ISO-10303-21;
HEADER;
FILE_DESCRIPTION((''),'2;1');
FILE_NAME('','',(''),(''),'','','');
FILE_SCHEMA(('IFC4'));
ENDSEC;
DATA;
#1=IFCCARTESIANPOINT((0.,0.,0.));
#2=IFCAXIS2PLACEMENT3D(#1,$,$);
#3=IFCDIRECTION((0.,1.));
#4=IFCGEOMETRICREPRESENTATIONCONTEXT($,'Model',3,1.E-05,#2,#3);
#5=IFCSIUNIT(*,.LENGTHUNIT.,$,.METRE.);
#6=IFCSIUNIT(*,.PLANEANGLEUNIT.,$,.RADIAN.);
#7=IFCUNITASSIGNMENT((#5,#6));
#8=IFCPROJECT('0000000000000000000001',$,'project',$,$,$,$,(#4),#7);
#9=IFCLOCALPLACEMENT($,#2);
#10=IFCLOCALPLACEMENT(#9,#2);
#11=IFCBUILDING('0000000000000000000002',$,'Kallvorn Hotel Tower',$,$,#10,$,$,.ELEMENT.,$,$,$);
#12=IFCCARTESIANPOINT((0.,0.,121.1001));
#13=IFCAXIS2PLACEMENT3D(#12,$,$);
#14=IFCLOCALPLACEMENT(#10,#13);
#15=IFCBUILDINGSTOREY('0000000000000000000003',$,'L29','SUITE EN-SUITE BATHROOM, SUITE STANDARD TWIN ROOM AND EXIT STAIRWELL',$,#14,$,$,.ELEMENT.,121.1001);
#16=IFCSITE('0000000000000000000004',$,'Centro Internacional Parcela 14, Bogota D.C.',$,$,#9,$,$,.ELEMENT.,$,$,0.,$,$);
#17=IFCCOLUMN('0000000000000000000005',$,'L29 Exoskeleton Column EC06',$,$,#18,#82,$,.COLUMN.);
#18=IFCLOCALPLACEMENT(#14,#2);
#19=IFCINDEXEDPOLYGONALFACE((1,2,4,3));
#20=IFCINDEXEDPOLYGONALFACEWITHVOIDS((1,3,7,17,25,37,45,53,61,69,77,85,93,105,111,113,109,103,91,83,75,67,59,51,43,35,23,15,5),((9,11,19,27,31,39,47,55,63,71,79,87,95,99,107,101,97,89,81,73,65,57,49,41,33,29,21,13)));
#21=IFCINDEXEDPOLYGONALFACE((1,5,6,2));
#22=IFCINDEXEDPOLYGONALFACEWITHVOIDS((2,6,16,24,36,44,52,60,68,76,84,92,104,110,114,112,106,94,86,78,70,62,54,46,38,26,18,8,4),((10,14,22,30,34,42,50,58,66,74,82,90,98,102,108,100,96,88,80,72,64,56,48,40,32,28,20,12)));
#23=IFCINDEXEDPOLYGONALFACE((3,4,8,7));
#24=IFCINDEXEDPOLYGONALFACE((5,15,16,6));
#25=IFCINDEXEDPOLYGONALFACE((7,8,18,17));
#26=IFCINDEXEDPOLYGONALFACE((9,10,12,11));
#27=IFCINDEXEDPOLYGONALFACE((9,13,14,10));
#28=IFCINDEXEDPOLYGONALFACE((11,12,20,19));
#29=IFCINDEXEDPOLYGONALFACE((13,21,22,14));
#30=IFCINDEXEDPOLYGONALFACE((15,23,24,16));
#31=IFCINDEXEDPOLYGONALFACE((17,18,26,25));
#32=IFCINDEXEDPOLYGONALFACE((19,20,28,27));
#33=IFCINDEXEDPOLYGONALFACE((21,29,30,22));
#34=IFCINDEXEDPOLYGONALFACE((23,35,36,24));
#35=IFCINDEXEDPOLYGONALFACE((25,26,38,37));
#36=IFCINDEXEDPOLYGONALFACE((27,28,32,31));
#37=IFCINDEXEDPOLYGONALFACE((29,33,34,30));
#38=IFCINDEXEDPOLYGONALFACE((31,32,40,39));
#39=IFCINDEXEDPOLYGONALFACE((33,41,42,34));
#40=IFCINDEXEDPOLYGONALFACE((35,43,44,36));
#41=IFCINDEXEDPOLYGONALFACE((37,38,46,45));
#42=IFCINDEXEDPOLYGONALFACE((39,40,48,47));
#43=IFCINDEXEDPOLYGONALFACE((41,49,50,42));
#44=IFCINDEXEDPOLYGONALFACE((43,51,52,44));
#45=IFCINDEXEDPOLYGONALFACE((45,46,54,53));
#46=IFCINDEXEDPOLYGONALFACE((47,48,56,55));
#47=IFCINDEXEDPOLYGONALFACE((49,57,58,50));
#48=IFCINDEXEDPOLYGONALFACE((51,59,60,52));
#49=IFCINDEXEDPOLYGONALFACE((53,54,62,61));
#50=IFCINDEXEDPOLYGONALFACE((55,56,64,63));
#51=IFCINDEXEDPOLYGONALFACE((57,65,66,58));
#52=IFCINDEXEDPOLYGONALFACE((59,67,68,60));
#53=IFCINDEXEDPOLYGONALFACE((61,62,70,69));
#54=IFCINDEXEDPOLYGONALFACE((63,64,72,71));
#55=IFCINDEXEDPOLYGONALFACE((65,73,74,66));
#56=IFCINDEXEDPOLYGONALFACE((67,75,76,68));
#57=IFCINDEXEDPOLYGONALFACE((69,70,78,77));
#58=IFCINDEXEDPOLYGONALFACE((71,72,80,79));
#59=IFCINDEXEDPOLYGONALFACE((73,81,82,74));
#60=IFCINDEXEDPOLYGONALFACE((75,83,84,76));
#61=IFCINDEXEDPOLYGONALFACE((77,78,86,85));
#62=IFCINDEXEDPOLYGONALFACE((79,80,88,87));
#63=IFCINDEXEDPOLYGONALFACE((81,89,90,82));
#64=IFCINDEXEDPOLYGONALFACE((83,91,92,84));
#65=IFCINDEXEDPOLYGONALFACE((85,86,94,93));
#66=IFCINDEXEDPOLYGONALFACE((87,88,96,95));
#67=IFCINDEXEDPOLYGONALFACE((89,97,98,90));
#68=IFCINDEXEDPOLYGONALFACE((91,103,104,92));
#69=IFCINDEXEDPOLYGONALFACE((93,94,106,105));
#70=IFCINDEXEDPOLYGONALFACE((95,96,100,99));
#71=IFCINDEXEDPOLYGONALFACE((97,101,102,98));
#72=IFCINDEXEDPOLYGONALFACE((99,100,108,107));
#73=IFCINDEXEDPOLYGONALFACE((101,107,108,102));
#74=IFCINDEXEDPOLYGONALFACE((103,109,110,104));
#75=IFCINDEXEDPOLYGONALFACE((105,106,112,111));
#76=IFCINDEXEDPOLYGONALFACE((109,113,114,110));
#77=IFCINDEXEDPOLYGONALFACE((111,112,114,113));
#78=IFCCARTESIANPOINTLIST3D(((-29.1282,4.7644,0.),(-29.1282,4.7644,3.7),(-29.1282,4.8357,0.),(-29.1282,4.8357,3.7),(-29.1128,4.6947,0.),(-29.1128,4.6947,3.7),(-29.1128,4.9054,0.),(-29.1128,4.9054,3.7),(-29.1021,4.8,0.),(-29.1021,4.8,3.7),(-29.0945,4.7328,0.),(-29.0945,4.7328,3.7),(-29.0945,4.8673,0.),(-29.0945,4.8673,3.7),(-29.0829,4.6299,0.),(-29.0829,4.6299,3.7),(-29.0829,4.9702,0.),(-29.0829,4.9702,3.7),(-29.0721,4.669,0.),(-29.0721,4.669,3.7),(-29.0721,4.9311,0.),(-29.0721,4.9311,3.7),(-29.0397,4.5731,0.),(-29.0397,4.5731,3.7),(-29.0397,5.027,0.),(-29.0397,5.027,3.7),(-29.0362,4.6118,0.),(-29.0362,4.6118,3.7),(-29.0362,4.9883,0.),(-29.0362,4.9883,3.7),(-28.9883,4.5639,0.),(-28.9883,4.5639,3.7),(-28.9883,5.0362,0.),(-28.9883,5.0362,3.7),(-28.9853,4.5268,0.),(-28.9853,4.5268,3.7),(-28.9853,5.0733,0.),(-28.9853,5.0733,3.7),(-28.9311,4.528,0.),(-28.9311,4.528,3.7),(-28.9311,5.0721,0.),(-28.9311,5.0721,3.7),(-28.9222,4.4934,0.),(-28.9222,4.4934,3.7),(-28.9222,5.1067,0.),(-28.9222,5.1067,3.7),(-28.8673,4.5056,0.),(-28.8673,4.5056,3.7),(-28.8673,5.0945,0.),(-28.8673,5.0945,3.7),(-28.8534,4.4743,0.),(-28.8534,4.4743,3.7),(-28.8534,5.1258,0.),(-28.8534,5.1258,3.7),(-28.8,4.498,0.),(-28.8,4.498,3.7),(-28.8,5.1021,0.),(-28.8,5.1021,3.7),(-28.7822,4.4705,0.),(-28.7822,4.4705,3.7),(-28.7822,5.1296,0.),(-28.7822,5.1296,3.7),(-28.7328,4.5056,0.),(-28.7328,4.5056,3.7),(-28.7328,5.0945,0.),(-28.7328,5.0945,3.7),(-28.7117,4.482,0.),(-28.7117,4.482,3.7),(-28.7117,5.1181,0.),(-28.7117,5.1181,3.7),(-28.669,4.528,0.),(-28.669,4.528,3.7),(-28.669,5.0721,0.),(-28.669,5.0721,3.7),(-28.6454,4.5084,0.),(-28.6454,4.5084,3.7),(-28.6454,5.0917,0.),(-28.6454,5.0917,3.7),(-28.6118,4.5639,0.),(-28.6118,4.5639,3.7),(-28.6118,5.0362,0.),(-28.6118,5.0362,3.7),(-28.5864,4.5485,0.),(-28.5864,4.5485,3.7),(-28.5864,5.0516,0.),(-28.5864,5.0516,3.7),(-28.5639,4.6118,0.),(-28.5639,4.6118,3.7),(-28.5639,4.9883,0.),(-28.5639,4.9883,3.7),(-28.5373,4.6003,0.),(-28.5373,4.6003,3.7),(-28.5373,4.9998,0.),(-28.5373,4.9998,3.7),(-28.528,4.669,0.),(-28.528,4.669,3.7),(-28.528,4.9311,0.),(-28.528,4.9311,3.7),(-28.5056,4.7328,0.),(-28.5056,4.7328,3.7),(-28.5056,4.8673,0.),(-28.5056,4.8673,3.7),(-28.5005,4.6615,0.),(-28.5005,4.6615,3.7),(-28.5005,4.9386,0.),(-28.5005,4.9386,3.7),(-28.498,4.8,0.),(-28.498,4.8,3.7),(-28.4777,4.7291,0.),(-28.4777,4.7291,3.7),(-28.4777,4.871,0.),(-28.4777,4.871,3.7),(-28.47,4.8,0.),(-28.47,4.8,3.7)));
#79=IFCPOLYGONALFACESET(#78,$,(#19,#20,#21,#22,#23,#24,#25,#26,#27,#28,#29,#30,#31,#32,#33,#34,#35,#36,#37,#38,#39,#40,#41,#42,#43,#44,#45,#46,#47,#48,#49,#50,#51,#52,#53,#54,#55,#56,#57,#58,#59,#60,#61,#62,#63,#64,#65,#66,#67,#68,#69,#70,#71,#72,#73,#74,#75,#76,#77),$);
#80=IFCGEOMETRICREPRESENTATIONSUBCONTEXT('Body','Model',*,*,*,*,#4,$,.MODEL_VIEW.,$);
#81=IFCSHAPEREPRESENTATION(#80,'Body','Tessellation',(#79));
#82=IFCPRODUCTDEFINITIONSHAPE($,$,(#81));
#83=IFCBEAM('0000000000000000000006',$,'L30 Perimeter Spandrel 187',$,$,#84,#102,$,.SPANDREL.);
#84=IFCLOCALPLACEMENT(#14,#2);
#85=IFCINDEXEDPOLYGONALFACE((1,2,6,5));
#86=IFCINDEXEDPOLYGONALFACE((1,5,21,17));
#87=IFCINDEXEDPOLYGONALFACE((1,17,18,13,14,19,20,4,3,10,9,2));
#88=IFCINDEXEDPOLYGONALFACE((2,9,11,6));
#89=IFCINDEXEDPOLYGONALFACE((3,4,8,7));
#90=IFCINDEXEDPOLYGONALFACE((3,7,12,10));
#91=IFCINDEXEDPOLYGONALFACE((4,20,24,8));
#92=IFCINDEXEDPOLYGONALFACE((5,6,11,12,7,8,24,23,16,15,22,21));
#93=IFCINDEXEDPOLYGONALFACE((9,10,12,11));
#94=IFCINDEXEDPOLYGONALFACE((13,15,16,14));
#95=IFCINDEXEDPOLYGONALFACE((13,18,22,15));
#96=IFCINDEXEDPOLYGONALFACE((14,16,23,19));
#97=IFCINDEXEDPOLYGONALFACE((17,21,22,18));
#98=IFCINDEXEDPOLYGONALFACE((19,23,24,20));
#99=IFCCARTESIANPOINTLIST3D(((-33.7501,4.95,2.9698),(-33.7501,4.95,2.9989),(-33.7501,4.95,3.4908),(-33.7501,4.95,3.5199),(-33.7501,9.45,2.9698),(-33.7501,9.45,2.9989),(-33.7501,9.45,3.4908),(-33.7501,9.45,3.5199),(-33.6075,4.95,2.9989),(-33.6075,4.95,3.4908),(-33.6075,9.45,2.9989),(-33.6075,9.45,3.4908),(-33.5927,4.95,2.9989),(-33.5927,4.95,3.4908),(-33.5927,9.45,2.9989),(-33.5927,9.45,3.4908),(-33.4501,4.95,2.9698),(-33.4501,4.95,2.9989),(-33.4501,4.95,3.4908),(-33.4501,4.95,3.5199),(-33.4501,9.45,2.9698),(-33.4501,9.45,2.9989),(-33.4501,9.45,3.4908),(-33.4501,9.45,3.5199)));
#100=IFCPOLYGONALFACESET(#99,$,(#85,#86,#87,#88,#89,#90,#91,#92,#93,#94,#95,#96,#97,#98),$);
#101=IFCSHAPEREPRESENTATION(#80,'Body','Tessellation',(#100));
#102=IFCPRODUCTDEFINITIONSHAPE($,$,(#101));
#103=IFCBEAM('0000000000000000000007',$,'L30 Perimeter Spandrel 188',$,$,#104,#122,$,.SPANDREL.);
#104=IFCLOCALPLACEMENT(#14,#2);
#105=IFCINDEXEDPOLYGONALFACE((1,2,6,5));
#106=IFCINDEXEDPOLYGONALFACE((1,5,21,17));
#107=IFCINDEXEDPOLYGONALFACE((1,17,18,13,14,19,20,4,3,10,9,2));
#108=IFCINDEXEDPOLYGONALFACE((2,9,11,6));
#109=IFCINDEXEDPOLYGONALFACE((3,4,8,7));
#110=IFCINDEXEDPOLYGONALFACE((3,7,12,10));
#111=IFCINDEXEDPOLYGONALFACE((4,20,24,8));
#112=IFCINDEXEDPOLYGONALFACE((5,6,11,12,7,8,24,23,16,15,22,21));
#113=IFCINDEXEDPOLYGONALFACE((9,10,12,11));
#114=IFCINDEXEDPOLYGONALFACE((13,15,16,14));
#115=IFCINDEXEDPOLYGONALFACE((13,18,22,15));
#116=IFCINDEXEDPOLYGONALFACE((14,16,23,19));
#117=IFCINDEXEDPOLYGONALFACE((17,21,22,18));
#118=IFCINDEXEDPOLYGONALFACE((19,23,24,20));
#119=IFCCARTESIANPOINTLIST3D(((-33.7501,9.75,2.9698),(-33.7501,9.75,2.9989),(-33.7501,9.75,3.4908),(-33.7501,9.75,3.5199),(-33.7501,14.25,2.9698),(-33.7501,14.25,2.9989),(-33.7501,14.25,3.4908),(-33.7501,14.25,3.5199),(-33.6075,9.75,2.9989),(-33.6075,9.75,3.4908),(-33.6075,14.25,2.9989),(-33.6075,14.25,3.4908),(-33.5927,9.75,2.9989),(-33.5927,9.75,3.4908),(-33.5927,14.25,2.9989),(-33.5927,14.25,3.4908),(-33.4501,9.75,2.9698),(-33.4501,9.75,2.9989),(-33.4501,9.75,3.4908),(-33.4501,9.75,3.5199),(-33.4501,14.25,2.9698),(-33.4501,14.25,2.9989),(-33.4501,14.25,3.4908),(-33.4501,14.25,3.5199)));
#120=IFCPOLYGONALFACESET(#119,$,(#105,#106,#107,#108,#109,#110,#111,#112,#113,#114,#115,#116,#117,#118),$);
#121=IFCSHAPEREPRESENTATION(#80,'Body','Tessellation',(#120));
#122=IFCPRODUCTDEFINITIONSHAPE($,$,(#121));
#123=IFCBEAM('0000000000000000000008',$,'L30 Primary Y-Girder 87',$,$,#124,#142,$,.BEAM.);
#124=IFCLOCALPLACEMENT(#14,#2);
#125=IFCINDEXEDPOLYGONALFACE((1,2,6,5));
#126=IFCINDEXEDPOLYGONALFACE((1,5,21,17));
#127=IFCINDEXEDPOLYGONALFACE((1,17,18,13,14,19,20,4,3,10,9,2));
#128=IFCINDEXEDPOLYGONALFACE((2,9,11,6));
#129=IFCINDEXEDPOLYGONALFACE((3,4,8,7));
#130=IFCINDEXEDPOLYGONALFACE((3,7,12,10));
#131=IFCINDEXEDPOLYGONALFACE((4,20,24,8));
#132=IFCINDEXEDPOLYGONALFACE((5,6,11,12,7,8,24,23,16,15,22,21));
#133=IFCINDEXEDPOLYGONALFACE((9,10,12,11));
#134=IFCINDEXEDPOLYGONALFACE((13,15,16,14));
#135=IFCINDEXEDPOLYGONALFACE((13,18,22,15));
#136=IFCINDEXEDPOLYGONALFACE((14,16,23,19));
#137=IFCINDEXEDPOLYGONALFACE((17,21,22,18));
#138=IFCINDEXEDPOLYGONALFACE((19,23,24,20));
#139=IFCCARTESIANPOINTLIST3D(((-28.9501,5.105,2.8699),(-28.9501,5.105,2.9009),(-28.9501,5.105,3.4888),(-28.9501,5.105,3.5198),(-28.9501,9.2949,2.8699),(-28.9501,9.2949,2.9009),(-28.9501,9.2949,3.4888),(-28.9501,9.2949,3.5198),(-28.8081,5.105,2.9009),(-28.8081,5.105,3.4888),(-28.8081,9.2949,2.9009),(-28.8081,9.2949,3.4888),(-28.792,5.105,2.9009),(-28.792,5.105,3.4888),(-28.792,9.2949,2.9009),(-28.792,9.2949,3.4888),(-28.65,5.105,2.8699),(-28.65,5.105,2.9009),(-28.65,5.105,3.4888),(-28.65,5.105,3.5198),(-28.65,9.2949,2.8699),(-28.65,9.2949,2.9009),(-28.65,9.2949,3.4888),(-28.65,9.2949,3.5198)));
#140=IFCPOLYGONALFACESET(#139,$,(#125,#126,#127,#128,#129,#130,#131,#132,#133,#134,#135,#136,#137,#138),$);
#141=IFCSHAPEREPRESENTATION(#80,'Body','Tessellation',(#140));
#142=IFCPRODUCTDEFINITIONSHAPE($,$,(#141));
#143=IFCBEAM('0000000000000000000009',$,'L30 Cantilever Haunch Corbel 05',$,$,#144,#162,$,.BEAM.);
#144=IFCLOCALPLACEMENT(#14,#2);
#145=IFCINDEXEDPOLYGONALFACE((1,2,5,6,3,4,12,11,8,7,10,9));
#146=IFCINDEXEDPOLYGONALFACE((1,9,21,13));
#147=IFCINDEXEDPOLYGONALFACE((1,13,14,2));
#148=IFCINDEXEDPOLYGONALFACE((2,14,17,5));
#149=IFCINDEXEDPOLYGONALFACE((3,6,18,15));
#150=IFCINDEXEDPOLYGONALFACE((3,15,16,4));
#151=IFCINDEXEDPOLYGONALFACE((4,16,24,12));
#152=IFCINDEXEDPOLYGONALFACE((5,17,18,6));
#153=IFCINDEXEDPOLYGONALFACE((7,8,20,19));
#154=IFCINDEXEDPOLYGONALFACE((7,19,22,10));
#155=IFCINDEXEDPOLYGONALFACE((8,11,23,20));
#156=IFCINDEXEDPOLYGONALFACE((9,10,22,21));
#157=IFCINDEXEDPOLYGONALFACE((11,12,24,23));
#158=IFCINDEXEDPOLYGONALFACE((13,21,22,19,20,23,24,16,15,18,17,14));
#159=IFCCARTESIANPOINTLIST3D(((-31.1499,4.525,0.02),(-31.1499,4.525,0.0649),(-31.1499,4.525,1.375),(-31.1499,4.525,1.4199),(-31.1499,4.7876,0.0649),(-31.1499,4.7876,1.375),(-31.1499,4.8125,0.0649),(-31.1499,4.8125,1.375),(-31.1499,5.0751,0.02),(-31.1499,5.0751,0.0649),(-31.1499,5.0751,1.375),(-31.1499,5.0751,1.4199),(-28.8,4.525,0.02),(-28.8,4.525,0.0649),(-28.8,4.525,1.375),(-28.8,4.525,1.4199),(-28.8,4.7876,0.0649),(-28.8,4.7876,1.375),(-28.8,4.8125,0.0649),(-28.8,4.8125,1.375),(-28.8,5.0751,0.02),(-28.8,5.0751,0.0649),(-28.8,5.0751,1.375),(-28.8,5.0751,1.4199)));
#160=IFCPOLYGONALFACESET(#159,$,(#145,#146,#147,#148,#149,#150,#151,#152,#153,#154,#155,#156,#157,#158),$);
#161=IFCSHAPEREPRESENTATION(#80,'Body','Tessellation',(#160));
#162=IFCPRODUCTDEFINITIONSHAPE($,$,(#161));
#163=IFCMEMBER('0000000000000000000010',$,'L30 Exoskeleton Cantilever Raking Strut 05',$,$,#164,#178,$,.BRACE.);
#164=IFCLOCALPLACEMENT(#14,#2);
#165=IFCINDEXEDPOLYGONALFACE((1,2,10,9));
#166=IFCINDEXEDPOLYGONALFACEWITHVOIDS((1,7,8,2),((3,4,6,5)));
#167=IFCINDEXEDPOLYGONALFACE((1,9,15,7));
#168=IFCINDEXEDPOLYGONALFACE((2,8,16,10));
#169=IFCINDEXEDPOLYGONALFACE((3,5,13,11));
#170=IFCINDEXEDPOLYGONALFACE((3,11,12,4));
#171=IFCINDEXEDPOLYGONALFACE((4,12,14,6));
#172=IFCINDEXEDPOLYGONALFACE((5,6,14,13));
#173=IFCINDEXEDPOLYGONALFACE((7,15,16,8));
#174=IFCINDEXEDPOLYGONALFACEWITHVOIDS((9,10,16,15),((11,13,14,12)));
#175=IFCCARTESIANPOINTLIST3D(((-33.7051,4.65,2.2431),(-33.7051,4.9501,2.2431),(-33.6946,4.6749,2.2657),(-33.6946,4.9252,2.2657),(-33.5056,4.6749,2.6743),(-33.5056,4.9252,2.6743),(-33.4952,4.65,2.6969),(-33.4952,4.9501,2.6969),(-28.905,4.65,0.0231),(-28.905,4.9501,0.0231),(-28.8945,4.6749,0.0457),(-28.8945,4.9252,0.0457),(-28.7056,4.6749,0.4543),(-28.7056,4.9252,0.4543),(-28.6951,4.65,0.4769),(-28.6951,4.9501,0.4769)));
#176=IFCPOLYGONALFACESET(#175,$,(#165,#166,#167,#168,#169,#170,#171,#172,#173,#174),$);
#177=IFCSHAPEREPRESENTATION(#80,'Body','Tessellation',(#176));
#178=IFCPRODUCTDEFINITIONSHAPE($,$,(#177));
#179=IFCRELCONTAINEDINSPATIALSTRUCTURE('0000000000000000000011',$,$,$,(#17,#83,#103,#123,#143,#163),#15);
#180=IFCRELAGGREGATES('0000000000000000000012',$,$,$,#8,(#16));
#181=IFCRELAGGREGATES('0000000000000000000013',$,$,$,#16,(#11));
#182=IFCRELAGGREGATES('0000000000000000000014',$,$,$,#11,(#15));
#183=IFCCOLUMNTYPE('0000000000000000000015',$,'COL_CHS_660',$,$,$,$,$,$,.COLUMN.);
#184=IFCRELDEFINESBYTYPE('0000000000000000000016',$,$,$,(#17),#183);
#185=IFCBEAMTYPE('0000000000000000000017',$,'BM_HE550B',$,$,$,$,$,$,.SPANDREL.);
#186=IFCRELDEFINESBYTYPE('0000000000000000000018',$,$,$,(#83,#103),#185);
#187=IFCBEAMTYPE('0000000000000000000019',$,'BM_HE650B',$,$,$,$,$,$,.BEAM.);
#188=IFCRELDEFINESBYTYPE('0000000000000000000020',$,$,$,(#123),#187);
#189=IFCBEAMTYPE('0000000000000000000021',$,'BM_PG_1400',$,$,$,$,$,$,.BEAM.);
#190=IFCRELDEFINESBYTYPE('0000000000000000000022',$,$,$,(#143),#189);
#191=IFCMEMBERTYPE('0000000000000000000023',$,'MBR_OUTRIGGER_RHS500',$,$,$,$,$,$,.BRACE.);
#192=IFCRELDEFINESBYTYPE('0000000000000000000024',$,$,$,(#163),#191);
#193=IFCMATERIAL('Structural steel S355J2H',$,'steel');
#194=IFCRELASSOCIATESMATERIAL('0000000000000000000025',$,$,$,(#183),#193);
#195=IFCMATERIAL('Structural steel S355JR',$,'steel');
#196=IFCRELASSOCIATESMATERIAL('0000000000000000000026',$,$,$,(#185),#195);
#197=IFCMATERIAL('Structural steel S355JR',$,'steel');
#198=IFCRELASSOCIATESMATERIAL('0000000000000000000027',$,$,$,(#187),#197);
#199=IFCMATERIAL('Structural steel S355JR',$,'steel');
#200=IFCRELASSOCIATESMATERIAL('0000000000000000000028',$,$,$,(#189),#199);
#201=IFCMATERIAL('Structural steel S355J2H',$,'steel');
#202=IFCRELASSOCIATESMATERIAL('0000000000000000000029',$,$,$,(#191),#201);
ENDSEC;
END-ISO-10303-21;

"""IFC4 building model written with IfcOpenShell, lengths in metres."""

from ifc_helpers import new_model, si_unit, direction, frame, origin, origin_2d, place, context, subcontext, project, spatial, hollow_rectangle, hollow_circle, i_section, extrude, material, material_profile, profile_set, type_object, element, save


model = new_model("IFC4")

# Units and contexts
model_context = context("Model", 3, precision=1e-05, world=origin(), true_north=direction((0.0, 1.0)))
body_context = subcontext(model_context, "Body", "Model", "MODEL_VIEW")
ifc_project = project(units=[si_unit("LENGTHUNIT", "METRE"), si_unit("PLANEANGLEUNIT", "RADIAN")], contexts=[model_context])

# Site, building, storey
site_placement = place(None, origin())
site = spatial("IfcSite", under=ifc_project, at=site_placement, Name="Centro Internacional Parcela 14, Bogota D.C.", CompositionType="ELEMENT", RefElevation=0.0)
building_placement = place(site_placement, origin())
building = spatial("IfcBuilding", under=site, at=building_placement, Name="Kallvorn Hotel Tower", CompositionType="ELEMENT")
storey_placement = place(building_placement, frame((0.0, 0.0, 121.1001)))
storey = spatial("IfcBuildingStorey", under=building, at=storey_placement, Name="L29", Description="SUITE EN-SUITE BATHROOM, SUITE STANDARD TWIN ROOM AND EXIT STAIRWELL", CompositionType="ELEMENT", Elevation=121.1001)

# Column
ifc_material_1 = material(Name="Structural steel S355J2H", Category="steel")
ifc_material_profile_1 = material_profile(ifc_material_1, hollow_circle(Radius=0.3301, WallThickness=0.0281, at=origin_2d()), Name="CHS 660x28")
ifc_profile_set_1 = profile_set([ifc_material_profile_1], Name="Structural steel S355J2H")
column_type_1 = type_object("IfcColumnType", Name="COL_CHS_660", PredefinedType="COLUMN", material=ifc_profile_set_1)
column_placement = place(storey_placement, frame((-28.8, 4.8, 0.0), z_axis=(0.0, 0.0, 1.0), x_axis=(1.0, 0.0, 0.0)))
element("IfcColumn", 1, at=column_placement, inside=storey, type_object=column_type_1, Name="L29 Exoskeleton Column EC06", PredefinedType="COLUMN", context=body_context, shape_type="SweptSolid", body=[
    extrude(hollow_circle(Radius=0.3301, WallThickness=0.0281, at=origin_2d()), origin(), (0.0, 0.0, 1.0), 3.7),
])

# Beams
ifc_material_2 = material(Name="Structural steel S355JR", Category="steel")
ifc_material_profile_2 = material_profile(ifc_material_2, i_section(OverallWidth=0.3, OverallDepth=0.55, WebThickness=0.0149, FlangeThickness=0.0291, at=origin_2d()), Name="HE 550 B")
ifc_profile_set_2 = profile_set([ifc_material_profile_2], Name="Structural steel S355JR")
beam_type_1 = type_object("IfcBeamType", Name="BM_HE550B", PredefinedType="SPANDREL", material=ifc_profile_set_2)
for number, where, z_axis, x_axis, name in (
    (2, (-33.6001, 4.95, 3.2449), (0.0, 1.0, 0.0), (-1.0, 0.0, 0.0), "L30 Perimeter Spandrel 187"),
    (3, (-33.6001, 9.75, 3.2449), (0.0, 1.0, 0.0), (-1.0, 0.0, 0.0), "L30 Perimeter Spandrel 188"),
):
    element("IfcBeam", number, at=place(storey_placement, frame(where, z_axis=z_axis, x_axis=x_axis)), inside=storey, type_object=beam_type_1, Name=name, PredefinedType="SPANDREL", context=body_context, shape_type="SweptSolid", body=[
        extrude(i_section(OverallWidth=0.3, OverallDepth=0.55, WebThickness=0.0149, FlangeThickness=0.0291, at=origin_2d()), origin(), (0.0, 0.0, 1.0), 4.5),
    ])
ifc_material_3 = material(Name="Structural steel S355JR", Category="steel")
ifc_material_profile_3 = material_profile(ifc_material_3, i_section(OverallWidth=0.3, OverallDepth=0.6499, WebThickness=0.0161, FlangeThickness=0.031, at=origin_2d()), Name="HE 650 B")
ifc_profile_set_3 = profile_set([ifc_material_profile_3], Name="Structural steel S355JR")
beam_type_2 = type_object("IfcBeamType", Name="BM_HE650B", PredefinedType="BEAM", material=ifc_profile_set_3)
beam_1_placement = place(storey_placement, frame((-28.8, 5.105, 3.1948), z_axis=(0.0, 1.0, 0.0), x_axis=(-1.0, 0.0, 0.0)))
element("IfcBeam", 4, at=beam_1_placement, inside=storey, type_object=beam_type_2, Name="L30 Primary Y-Girder 87", PredefinedType="BEAM", context=body_context, shape_type="SweptSolid", body=[
    extrude(i_section(OverallWidth=0.3, OverallDepth=0.6499, WebThickness=0.0161, FlangeThickness=0.031, at=origin_2d()), origin(), (0.0, 0.0, 1.0), 4.1899),
])
ifc_material_4 = material(Name="Structural steel S355JR", Category="steel")
ifc_material_profile_4 = material_profile(ifc_material_4, i_section(OverallWidth=0.55, OverallDepth=1.3999, WebThickness=0.0249, FlangeThickness=0.0449, at=origin_2d()), Name="PG 1400x550x25x45")
ifc_profile_set_4 = profile_set([ifc_material_profile_4], Name="Structural steel S355JR")
beam_type_3 = type_object("IfcBeamType", Name="BM_PG_1400", PredefinedType="BEAM", material=ifc_profile_set_4)
beam_2_placement = place(storey_placement, frame((-28.8, 4.8, 0.72), z_axis=(-1.0, 0.0, 0.0), x_axis=(0.0, -1.0, 0.0)))
element("IfcBeam", 5, at=beam_2_placement, inside=storey, type_object=beam_type_3, Name="L30 Cantilever Haunch Corbel 05", PredefinedType="BEAM", context=body_context, shape_type="SweptSolid", body=[
    extrude(i_section(OverallWidth=0.55, OverallDepth=1.3999, WebThickness=0.0249, FlangeThickness=0.0449, at=origin_2d()), origin(), (0.0, 0.0, 1.0), 2.3499),
])

# Member
ifc_material_5 = material(Name="Structural steel S355J2H", Category="steel")
ifc_material_profile_5 = material_profile(ifc_material_5, hollow_rectangle(XDim=0.3, YDim=0.5, WallThickness=0.0249, at=origin_2d()), Name="RHS 500x300x25")
ifc_profile_set_5 = profile_set([ifc_material_profile_5], Name="Structural steel S355J2H")
member_type = type_object("IfcMemberType", Name="MBR_OUTRIGGER_RHS500", PredefinedType="BRACE", material=ifc_profile_set_5)
member_placement = place(storey_placement, frame((-28.8, 4.8, 0.25), z_axis=(-0.907631, 0.0, 0.419769), x_axis=(0.0, -1.0, 0.0)))
element("IfcMember", 6, at=member_placement, inside=storey, type_object=member_type, Name="L30 Exoskeleton Cantilever Raking Strut 05", PredefinedType="BRACE", context=body_context, shape_type="SweptSolid", body=[
    extrude(hollow_rectangle(XDim=0.3, YDim=0.5, WallThickness=0.0249, at=origin_2d()), origin(), (0.0, 0.0, 1.0), 5.2886),
])

save(model, "model.ifc")
